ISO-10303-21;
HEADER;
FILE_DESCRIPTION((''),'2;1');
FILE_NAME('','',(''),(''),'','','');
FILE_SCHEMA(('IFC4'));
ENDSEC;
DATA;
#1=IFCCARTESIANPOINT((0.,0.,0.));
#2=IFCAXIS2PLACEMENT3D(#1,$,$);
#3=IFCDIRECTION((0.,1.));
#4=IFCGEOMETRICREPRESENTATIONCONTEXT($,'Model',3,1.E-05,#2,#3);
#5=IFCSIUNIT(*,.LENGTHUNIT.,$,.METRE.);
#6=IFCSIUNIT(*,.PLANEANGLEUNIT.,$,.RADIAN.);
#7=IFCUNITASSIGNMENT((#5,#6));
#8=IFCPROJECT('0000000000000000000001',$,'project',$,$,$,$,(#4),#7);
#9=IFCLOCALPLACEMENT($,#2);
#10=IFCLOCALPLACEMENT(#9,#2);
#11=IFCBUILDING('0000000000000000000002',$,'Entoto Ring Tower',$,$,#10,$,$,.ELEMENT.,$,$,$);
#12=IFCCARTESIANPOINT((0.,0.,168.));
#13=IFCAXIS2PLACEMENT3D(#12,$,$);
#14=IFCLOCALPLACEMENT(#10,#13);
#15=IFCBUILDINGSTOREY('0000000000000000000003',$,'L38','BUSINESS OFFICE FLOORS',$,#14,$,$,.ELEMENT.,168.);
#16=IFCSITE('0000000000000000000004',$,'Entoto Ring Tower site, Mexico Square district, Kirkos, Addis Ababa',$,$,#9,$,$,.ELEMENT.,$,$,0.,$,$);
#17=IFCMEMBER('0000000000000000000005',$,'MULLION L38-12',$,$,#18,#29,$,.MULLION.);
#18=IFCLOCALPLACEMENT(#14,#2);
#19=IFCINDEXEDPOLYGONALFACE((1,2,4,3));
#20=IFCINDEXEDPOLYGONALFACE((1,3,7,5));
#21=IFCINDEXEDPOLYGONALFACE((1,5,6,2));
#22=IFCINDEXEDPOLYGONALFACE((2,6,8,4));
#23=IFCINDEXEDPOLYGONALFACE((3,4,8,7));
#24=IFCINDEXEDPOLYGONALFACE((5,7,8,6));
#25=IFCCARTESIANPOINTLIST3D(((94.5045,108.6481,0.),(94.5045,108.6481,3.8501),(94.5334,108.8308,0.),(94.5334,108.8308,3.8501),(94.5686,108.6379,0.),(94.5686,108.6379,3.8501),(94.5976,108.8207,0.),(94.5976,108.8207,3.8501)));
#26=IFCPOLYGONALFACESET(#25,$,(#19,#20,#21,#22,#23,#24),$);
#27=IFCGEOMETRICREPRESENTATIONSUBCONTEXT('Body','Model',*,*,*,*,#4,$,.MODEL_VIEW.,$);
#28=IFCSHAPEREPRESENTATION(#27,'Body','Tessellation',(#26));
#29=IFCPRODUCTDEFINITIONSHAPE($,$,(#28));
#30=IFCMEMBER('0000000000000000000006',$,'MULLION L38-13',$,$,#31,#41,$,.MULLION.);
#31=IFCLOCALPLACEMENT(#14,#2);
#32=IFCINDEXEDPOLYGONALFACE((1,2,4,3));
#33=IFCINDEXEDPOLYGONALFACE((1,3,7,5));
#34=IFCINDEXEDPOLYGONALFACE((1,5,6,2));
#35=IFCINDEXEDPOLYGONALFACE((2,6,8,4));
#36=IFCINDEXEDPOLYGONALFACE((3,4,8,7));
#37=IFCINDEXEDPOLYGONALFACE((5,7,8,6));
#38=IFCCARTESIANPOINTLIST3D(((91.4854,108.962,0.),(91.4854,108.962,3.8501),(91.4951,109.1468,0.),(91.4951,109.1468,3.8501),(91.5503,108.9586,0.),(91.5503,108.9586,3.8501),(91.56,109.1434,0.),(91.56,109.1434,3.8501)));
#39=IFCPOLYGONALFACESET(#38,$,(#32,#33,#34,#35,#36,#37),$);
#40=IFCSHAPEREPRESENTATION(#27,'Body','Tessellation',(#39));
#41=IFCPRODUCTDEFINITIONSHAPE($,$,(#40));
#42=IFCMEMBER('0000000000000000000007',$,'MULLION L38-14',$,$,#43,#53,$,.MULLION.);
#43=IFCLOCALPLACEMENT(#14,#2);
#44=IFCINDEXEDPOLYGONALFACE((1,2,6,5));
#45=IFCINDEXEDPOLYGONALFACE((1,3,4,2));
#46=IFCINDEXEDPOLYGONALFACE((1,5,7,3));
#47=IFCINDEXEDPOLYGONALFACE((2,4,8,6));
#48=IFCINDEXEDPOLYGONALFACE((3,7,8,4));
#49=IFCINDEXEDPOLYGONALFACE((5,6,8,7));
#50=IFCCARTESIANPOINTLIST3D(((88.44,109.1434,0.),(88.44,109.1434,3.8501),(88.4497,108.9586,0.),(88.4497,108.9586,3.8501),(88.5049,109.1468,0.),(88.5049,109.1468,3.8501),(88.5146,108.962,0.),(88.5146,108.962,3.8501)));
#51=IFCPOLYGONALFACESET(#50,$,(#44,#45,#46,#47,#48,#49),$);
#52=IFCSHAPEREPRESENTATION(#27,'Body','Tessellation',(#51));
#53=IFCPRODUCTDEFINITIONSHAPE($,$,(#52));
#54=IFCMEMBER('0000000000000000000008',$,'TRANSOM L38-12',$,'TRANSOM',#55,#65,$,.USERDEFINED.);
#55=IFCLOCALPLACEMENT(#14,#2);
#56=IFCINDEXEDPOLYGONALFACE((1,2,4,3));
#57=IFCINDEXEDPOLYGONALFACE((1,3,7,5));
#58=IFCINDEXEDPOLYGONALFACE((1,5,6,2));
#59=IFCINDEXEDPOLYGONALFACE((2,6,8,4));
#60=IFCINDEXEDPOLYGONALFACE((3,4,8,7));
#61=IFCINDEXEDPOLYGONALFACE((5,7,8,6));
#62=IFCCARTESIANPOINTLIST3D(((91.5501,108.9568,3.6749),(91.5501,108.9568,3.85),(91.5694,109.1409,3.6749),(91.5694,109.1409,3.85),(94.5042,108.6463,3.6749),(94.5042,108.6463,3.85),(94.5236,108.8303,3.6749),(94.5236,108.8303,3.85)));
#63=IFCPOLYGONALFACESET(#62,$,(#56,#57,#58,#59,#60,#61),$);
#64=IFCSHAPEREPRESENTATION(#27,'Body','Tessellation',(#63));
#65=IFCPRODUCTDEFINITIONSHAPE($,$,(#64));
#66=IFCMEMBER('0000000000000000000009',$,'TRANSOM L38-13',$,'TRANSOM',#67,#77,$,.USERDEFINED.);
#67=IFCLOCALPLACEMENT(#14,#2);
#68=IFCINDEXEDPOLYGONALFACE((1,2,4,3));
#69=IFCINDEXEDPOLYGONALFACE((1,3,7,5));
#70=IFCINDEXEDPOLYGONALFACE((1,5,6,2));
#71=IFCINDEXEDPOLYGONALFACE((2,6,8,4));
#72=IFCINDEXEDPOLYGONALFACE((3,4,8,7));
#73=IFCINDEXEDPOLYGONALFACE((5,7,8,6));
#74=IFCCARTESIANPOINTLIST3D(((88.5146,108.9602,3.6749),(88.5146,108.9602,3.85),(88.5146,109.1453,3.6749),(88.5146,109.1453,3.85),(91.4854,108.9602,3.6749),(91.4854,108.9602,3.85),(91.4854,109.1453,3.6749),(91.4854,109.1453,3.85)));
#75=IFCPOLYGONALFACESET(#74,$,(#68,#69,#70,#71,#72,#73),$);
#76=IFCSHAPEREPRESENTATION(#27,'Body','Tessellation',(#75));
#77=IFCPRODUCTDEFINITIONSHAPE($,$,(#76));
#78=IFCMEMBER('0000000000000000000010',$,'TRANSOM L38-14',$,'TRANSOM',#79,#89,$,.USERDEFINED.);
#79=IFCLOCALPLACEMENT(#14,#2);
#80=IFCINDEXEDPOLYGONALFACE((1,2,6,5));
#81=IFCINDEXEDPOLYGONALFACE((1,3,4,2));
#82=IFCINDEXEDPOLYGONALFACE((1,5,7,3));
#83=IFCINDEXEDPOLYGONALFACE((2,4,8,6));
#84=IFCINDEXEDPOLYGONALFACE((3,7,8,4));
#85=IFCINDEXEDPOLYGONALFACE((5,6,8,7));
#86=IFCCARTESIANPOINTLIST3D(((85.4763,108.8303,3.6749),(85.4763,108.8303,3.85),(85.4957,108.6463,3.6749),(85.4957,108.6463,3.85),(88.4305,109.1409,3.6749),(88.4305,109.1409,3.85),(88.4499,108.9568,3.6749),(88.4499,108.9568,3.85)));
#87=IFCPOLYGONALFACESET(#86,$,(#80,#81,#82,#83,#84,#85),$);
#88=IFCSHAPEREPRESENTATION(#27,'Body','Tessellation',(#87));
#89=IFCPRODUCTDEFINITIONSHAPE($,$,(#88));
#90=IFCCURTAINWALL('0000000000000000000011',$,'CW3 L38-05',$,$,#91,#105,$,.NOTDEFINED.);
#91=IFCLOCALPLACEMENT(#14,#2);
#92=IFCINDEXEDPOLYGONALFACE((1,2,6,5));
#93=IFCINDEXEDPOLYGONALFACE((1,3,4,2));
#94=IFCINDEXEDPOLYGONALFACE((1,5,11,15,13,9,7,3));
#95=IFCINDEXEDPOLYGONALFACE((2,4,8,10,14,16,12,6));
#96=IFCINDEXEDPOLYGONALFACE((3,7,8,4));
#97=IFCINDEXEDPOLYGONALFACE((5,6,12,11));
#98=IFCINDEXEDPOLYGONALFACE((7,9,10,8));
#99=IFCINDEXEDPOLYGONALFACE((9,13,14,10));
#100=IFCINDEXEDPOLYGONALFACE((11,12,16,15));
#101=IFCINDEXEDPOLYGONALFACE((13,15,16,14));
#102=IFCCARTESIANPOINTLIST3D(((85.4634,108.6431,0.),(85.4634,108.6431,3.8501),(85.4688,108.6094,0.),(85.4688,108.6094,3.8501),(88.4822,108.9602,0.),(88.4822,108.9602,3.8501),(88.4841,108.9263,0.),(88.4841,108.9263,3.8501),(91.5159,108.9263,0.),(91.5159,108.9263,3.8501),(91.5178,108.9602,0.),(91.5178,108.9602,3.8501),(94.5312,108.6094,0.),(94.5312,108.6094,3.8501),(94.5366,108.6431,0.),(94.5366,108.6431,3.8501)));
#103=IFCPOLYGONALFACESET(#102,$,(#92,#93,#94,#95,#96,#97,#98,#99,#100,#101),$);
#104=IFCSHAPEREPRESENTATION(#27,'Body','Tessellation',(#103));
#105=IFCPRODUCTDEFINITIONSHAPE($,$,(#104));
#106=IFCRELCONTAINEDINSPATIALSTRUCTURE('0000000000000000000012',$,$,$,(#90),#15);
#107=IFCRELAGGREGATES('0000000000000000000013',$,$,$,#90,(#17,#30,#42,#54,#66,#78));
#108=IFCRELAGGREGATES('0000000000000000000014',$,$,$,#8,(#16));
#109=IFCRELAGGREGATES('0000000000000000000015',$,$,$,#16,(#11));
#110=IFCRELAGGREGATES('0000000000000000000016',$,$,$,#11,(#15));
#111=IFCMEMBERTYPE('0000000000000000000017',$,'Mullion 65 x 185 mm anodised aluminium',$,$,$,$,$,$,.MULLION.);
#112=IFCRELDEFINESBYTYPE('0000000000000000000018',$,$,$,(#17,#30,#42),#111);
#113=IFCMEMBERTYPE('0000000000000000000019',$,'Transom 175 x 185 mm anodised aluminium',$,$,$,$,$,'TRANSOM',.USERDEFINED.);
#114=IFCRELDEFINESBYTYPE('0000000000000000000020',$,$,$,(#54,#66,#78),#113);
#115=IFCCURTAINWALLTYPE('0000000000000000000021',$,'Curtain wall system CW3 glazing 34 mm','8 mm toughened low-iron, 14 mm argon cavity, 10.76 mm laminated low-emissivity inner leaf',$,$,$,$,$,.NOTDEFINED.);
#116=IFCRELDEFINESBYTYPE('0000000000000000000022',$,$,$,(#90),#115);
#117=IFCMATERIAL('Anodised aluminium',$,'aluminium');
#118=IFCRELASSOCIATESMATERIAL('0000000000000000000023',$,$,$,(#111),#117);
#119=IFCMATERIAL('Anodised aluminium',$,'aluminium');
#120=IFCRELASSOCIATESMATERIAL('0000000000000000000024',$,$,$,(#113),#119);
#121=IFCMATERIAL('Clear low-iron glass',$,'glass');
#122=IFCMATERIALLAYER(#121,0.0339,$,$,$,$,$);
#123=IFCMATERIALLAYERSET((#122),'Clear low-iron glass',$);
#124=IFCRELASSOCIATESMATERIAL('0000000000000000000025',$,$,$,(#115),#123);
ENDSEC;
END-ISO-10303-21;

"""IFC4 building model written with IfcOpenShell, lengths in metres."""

from ifc_helpers import new_model, si_unit, direction, frame, origin, origin_2d, place, context, subcontext, project, spatial, polyline, rectangle, outline, extrude, material, layer, layer_set, material_profile, profile_set, type_object, element, aggregate, save


model = new_model("IFC4")

# Units and contexts
model_context = context("Model", 3, precision=1e-05, world=origin(), true_north=direction((0.0, 1.0)))
body_context = subcontext(model_context, "Body", "Model", "MODEL_VIEW")
ifc_project = project(units=[si_unit("LENGTHUNIT", "METRE"), si_unit("PLANEANGLEUNIT", "RADIAN")], contexts=[model_context])

# Members
ifc_material_1 = material(Name="Anodised aluminium", Category="aluminium")
ifc_material_profile_1 = material_profile(ifc_material_1, rectangle(XDim=0.0649, YDim=0.1851, at=origin_2d()), Name="Mullion 65 x 185 mm anodised aluminium")
ifc_profile_set_1 = profile_set([ifc_material_profile_1], Name="Anodised aluminium")
member_type_1 = type_object("IfcMemberType", Name="Mullion 65 x 185 mm anodised aluminium", PredefinedType="MULLION", material=ifc_profile_set_1)
site_placement = place(None, origin())
building_placement = place(site_placement, origin())
storey_placement = place(building_placement, frame((0.0, 0.0, 168.0)))
member_1_placement = place(storey_placement, frame((94.551, 108.7344, 0.0), z_axis=(0.0, 0.0, 1.0), x_axis=(-0.987688, 0.156434, 0.0)))
member_1 = element("IfcMember", 1, at=member_1_placement, type_object=member_type_1, Name="MULLION L38-12", PredefinedType="MULLION", context=body_context, shape_type="SweptSolid", body=[
    extrude(rectangle(XDim=0.0649, YDim=0.1851, at=origin_2d()), origin(), (0.0, 0.0, 1.0), 3.8501),
])
member_2_placement = place(storey_placement, frame((91.5227, 109.0527, 0.0), z_axis=(0.0, 0.0, 1.0), x_axis=(-0.99863, 0.052336, 0.0)))
member_2 = element("IfcMember", 2, at=member_2_placement, type_object=member_type_1, Name="MULLION L38-13", PredefinedType="MULLION", context=body_context, shape_type="SweptSolid", body=[
    extrude(rectangle(XDim=0.0649, YDim=0.1851, at=origin_2d()), origin(), (0.0, 0.0, 1.0), 3.8501),
])
member_3_placement = place(storey_placement, frame((88.4773, 109.0527, 0.0), z_axis=(0.0, 0.0, 1.0), x_axis=(-0.99863, -0.052336, 0.0)))
member_3 = element("IfcMember", 3, at=member_3_placement, type_object=member_type_1, Name="MULLION L38-14", PredefinedType="MULLION", context=body_context, shape_type="SweptSolid", body=[
    extrude(rectangle(XDim=0.0649, YDim=0.1851, at=origin_2d()), origin(), (0.0, 0.0, 1.0), 3.8501),
])
ifc_material_2 = material(Name="Anodised aluminium", Category="aluminium")
ifc_material_profile_2 = material_profile(ifc_material_2, rectangle(XDim=0.1851, YDim=0.175, at=origin_2d()), Name="Transom 175 x 185 mm anodised aluminium")
ifc_profile_set_2 = profile_set([ifc_material_profile_2], Name="Anodised aluminium")
member_type_2 = type_object("IfcMemberType", Name="Transom 175 x 185 mm anodised aluminium", ElementType="TRANSOM", PredefinedType="USERDEFINED", material=ifc_profile_set_2)
member_4_placement = place(storey_placement, frame((94.5139, 108.7383, 3.7625), z_axis=(-0.99452, 0.104548, 0.0), x_axis=(-0.104548, -0.99452, 0.0)))
member_4 = element("IfcMember", 4, at=member_4_placement, type_object=member_type_2, Name="TRANSOM L38-12", ObjectType="TRANSOM", PredefinedType="USERDEFINED", context=body_context, shape_type="SweptSolid", body=[
    extrude(rectangle(XDim=0.1851, YDim=0.175, at=origin_2d()), origin(), (0.0, 0.0, 1.0), 2.9705),
])
member_5_placement = place(storey_placement, frame((91.4854, 109.0527, 3.7625), z_axis=(-1.0, 0.0, 0.0), x_axis=(0.0, -1.0, 0.0)))
member_5 = element("IfcMember", 5, at=member_5_placement, type_object=member_type_2, Name="TRANSOM L38-13", ObjectType="TRANSOM", PredefinedType="USERDEFINED", context=body_context, shape_type="SweptSolid", body=[
    extrude(rectangle(XDim=0.1851, YDim=0.175, at=origin_2d()), origin(), (0.0, 0.0, 1.0), 2.9707),
])
member_6_placement = place(storey_placement, frame((88.4402, 109.0488, 3.7625), z_axis=(-0.99452, -0.104548, 0.0), x_axis=(0.104548, -0.99452, 0.0)))
member_6 = element("IfcMember", 6, at=member_6_placement, type_object=member_type_2, Name="TRANSOM L38-14", ObjectType="TRANSOM", PredefinedType="USERDEFINED", context=body_context, shape_type="SweptSolid", body=[
    extrude(rectangle(XDim=0.1851, YDim=0.175, at=origin_2d()), origin(), (0.0, 0.0, 1.0), 2.9705),
])

# Site, building, storey
site = spatial("IfcSite", under=ifc_project, at=site_placement, Name="Entoto Ring Tower site, Mexico Square district, Kirkos, Addis Ababa", CompositionType="ELEMENT", RefElevation=0.0)
building = spatial("IfcBuilding", under=site, at=building_placement, Name="Entoto Ring Tower", CompositionType="ELEMENT")
storey = spatial("IfcBuildingStorey", under=building, at=storey_placement, Name="L38", Description="BUSINESS OFFICE FLOORS", CompositionType="ELEMENT", Elevation=168.0)

# Curtain wall
ifc_material_3 = material(Name="Clear low-iron glass", Category="glass")
ifc_layer = layer(ifc_material_3, 0.0339)
ifc_layer_set = layer_set([ifc_layer], Name="Clear low-iron glass")
curtain_wall_type = type_object("IfcCurtainWallType", Name="Curtain wall system CW3 glazing 34 mm", Description="8 mm toughened low-iron, 14 mm argon cavity, 10.76 mm laminated low-emissivity inner leaf", PredefinedType="NOTDEFINED", material=ifc_layer_set)
curtain_wall_1_placement = place(storey_placement, origin())
curtain_wall_1 = element("IfcCurtainWall", 7, at=curtain_wall_1_placement, inside=storey, type_object=curtain_wall_type, Name="CW3 L38-05", PredefinedType="NOTDEFINED", context=body_context, shape_type="SweptSolid", body=[
    extrude(outline(polyline([(94.5366, 108.6431), (91.5178, 108.9602), (88.4822, 108.9602), (85.4634, 108.6431), (85.4688, 108.6094), (88.4841, 108.9263), (91.5159, 108.9263), (94.5312, 108.6094), (94.5366, 108.6431)])), origin(), (0.0, 0.0, 1.0), 3.8501),
])
aggregate(curtain_wall_1, [member_1, member_2, member_3, member_4, member_5, member_6])

save(model, "model.ifc")
